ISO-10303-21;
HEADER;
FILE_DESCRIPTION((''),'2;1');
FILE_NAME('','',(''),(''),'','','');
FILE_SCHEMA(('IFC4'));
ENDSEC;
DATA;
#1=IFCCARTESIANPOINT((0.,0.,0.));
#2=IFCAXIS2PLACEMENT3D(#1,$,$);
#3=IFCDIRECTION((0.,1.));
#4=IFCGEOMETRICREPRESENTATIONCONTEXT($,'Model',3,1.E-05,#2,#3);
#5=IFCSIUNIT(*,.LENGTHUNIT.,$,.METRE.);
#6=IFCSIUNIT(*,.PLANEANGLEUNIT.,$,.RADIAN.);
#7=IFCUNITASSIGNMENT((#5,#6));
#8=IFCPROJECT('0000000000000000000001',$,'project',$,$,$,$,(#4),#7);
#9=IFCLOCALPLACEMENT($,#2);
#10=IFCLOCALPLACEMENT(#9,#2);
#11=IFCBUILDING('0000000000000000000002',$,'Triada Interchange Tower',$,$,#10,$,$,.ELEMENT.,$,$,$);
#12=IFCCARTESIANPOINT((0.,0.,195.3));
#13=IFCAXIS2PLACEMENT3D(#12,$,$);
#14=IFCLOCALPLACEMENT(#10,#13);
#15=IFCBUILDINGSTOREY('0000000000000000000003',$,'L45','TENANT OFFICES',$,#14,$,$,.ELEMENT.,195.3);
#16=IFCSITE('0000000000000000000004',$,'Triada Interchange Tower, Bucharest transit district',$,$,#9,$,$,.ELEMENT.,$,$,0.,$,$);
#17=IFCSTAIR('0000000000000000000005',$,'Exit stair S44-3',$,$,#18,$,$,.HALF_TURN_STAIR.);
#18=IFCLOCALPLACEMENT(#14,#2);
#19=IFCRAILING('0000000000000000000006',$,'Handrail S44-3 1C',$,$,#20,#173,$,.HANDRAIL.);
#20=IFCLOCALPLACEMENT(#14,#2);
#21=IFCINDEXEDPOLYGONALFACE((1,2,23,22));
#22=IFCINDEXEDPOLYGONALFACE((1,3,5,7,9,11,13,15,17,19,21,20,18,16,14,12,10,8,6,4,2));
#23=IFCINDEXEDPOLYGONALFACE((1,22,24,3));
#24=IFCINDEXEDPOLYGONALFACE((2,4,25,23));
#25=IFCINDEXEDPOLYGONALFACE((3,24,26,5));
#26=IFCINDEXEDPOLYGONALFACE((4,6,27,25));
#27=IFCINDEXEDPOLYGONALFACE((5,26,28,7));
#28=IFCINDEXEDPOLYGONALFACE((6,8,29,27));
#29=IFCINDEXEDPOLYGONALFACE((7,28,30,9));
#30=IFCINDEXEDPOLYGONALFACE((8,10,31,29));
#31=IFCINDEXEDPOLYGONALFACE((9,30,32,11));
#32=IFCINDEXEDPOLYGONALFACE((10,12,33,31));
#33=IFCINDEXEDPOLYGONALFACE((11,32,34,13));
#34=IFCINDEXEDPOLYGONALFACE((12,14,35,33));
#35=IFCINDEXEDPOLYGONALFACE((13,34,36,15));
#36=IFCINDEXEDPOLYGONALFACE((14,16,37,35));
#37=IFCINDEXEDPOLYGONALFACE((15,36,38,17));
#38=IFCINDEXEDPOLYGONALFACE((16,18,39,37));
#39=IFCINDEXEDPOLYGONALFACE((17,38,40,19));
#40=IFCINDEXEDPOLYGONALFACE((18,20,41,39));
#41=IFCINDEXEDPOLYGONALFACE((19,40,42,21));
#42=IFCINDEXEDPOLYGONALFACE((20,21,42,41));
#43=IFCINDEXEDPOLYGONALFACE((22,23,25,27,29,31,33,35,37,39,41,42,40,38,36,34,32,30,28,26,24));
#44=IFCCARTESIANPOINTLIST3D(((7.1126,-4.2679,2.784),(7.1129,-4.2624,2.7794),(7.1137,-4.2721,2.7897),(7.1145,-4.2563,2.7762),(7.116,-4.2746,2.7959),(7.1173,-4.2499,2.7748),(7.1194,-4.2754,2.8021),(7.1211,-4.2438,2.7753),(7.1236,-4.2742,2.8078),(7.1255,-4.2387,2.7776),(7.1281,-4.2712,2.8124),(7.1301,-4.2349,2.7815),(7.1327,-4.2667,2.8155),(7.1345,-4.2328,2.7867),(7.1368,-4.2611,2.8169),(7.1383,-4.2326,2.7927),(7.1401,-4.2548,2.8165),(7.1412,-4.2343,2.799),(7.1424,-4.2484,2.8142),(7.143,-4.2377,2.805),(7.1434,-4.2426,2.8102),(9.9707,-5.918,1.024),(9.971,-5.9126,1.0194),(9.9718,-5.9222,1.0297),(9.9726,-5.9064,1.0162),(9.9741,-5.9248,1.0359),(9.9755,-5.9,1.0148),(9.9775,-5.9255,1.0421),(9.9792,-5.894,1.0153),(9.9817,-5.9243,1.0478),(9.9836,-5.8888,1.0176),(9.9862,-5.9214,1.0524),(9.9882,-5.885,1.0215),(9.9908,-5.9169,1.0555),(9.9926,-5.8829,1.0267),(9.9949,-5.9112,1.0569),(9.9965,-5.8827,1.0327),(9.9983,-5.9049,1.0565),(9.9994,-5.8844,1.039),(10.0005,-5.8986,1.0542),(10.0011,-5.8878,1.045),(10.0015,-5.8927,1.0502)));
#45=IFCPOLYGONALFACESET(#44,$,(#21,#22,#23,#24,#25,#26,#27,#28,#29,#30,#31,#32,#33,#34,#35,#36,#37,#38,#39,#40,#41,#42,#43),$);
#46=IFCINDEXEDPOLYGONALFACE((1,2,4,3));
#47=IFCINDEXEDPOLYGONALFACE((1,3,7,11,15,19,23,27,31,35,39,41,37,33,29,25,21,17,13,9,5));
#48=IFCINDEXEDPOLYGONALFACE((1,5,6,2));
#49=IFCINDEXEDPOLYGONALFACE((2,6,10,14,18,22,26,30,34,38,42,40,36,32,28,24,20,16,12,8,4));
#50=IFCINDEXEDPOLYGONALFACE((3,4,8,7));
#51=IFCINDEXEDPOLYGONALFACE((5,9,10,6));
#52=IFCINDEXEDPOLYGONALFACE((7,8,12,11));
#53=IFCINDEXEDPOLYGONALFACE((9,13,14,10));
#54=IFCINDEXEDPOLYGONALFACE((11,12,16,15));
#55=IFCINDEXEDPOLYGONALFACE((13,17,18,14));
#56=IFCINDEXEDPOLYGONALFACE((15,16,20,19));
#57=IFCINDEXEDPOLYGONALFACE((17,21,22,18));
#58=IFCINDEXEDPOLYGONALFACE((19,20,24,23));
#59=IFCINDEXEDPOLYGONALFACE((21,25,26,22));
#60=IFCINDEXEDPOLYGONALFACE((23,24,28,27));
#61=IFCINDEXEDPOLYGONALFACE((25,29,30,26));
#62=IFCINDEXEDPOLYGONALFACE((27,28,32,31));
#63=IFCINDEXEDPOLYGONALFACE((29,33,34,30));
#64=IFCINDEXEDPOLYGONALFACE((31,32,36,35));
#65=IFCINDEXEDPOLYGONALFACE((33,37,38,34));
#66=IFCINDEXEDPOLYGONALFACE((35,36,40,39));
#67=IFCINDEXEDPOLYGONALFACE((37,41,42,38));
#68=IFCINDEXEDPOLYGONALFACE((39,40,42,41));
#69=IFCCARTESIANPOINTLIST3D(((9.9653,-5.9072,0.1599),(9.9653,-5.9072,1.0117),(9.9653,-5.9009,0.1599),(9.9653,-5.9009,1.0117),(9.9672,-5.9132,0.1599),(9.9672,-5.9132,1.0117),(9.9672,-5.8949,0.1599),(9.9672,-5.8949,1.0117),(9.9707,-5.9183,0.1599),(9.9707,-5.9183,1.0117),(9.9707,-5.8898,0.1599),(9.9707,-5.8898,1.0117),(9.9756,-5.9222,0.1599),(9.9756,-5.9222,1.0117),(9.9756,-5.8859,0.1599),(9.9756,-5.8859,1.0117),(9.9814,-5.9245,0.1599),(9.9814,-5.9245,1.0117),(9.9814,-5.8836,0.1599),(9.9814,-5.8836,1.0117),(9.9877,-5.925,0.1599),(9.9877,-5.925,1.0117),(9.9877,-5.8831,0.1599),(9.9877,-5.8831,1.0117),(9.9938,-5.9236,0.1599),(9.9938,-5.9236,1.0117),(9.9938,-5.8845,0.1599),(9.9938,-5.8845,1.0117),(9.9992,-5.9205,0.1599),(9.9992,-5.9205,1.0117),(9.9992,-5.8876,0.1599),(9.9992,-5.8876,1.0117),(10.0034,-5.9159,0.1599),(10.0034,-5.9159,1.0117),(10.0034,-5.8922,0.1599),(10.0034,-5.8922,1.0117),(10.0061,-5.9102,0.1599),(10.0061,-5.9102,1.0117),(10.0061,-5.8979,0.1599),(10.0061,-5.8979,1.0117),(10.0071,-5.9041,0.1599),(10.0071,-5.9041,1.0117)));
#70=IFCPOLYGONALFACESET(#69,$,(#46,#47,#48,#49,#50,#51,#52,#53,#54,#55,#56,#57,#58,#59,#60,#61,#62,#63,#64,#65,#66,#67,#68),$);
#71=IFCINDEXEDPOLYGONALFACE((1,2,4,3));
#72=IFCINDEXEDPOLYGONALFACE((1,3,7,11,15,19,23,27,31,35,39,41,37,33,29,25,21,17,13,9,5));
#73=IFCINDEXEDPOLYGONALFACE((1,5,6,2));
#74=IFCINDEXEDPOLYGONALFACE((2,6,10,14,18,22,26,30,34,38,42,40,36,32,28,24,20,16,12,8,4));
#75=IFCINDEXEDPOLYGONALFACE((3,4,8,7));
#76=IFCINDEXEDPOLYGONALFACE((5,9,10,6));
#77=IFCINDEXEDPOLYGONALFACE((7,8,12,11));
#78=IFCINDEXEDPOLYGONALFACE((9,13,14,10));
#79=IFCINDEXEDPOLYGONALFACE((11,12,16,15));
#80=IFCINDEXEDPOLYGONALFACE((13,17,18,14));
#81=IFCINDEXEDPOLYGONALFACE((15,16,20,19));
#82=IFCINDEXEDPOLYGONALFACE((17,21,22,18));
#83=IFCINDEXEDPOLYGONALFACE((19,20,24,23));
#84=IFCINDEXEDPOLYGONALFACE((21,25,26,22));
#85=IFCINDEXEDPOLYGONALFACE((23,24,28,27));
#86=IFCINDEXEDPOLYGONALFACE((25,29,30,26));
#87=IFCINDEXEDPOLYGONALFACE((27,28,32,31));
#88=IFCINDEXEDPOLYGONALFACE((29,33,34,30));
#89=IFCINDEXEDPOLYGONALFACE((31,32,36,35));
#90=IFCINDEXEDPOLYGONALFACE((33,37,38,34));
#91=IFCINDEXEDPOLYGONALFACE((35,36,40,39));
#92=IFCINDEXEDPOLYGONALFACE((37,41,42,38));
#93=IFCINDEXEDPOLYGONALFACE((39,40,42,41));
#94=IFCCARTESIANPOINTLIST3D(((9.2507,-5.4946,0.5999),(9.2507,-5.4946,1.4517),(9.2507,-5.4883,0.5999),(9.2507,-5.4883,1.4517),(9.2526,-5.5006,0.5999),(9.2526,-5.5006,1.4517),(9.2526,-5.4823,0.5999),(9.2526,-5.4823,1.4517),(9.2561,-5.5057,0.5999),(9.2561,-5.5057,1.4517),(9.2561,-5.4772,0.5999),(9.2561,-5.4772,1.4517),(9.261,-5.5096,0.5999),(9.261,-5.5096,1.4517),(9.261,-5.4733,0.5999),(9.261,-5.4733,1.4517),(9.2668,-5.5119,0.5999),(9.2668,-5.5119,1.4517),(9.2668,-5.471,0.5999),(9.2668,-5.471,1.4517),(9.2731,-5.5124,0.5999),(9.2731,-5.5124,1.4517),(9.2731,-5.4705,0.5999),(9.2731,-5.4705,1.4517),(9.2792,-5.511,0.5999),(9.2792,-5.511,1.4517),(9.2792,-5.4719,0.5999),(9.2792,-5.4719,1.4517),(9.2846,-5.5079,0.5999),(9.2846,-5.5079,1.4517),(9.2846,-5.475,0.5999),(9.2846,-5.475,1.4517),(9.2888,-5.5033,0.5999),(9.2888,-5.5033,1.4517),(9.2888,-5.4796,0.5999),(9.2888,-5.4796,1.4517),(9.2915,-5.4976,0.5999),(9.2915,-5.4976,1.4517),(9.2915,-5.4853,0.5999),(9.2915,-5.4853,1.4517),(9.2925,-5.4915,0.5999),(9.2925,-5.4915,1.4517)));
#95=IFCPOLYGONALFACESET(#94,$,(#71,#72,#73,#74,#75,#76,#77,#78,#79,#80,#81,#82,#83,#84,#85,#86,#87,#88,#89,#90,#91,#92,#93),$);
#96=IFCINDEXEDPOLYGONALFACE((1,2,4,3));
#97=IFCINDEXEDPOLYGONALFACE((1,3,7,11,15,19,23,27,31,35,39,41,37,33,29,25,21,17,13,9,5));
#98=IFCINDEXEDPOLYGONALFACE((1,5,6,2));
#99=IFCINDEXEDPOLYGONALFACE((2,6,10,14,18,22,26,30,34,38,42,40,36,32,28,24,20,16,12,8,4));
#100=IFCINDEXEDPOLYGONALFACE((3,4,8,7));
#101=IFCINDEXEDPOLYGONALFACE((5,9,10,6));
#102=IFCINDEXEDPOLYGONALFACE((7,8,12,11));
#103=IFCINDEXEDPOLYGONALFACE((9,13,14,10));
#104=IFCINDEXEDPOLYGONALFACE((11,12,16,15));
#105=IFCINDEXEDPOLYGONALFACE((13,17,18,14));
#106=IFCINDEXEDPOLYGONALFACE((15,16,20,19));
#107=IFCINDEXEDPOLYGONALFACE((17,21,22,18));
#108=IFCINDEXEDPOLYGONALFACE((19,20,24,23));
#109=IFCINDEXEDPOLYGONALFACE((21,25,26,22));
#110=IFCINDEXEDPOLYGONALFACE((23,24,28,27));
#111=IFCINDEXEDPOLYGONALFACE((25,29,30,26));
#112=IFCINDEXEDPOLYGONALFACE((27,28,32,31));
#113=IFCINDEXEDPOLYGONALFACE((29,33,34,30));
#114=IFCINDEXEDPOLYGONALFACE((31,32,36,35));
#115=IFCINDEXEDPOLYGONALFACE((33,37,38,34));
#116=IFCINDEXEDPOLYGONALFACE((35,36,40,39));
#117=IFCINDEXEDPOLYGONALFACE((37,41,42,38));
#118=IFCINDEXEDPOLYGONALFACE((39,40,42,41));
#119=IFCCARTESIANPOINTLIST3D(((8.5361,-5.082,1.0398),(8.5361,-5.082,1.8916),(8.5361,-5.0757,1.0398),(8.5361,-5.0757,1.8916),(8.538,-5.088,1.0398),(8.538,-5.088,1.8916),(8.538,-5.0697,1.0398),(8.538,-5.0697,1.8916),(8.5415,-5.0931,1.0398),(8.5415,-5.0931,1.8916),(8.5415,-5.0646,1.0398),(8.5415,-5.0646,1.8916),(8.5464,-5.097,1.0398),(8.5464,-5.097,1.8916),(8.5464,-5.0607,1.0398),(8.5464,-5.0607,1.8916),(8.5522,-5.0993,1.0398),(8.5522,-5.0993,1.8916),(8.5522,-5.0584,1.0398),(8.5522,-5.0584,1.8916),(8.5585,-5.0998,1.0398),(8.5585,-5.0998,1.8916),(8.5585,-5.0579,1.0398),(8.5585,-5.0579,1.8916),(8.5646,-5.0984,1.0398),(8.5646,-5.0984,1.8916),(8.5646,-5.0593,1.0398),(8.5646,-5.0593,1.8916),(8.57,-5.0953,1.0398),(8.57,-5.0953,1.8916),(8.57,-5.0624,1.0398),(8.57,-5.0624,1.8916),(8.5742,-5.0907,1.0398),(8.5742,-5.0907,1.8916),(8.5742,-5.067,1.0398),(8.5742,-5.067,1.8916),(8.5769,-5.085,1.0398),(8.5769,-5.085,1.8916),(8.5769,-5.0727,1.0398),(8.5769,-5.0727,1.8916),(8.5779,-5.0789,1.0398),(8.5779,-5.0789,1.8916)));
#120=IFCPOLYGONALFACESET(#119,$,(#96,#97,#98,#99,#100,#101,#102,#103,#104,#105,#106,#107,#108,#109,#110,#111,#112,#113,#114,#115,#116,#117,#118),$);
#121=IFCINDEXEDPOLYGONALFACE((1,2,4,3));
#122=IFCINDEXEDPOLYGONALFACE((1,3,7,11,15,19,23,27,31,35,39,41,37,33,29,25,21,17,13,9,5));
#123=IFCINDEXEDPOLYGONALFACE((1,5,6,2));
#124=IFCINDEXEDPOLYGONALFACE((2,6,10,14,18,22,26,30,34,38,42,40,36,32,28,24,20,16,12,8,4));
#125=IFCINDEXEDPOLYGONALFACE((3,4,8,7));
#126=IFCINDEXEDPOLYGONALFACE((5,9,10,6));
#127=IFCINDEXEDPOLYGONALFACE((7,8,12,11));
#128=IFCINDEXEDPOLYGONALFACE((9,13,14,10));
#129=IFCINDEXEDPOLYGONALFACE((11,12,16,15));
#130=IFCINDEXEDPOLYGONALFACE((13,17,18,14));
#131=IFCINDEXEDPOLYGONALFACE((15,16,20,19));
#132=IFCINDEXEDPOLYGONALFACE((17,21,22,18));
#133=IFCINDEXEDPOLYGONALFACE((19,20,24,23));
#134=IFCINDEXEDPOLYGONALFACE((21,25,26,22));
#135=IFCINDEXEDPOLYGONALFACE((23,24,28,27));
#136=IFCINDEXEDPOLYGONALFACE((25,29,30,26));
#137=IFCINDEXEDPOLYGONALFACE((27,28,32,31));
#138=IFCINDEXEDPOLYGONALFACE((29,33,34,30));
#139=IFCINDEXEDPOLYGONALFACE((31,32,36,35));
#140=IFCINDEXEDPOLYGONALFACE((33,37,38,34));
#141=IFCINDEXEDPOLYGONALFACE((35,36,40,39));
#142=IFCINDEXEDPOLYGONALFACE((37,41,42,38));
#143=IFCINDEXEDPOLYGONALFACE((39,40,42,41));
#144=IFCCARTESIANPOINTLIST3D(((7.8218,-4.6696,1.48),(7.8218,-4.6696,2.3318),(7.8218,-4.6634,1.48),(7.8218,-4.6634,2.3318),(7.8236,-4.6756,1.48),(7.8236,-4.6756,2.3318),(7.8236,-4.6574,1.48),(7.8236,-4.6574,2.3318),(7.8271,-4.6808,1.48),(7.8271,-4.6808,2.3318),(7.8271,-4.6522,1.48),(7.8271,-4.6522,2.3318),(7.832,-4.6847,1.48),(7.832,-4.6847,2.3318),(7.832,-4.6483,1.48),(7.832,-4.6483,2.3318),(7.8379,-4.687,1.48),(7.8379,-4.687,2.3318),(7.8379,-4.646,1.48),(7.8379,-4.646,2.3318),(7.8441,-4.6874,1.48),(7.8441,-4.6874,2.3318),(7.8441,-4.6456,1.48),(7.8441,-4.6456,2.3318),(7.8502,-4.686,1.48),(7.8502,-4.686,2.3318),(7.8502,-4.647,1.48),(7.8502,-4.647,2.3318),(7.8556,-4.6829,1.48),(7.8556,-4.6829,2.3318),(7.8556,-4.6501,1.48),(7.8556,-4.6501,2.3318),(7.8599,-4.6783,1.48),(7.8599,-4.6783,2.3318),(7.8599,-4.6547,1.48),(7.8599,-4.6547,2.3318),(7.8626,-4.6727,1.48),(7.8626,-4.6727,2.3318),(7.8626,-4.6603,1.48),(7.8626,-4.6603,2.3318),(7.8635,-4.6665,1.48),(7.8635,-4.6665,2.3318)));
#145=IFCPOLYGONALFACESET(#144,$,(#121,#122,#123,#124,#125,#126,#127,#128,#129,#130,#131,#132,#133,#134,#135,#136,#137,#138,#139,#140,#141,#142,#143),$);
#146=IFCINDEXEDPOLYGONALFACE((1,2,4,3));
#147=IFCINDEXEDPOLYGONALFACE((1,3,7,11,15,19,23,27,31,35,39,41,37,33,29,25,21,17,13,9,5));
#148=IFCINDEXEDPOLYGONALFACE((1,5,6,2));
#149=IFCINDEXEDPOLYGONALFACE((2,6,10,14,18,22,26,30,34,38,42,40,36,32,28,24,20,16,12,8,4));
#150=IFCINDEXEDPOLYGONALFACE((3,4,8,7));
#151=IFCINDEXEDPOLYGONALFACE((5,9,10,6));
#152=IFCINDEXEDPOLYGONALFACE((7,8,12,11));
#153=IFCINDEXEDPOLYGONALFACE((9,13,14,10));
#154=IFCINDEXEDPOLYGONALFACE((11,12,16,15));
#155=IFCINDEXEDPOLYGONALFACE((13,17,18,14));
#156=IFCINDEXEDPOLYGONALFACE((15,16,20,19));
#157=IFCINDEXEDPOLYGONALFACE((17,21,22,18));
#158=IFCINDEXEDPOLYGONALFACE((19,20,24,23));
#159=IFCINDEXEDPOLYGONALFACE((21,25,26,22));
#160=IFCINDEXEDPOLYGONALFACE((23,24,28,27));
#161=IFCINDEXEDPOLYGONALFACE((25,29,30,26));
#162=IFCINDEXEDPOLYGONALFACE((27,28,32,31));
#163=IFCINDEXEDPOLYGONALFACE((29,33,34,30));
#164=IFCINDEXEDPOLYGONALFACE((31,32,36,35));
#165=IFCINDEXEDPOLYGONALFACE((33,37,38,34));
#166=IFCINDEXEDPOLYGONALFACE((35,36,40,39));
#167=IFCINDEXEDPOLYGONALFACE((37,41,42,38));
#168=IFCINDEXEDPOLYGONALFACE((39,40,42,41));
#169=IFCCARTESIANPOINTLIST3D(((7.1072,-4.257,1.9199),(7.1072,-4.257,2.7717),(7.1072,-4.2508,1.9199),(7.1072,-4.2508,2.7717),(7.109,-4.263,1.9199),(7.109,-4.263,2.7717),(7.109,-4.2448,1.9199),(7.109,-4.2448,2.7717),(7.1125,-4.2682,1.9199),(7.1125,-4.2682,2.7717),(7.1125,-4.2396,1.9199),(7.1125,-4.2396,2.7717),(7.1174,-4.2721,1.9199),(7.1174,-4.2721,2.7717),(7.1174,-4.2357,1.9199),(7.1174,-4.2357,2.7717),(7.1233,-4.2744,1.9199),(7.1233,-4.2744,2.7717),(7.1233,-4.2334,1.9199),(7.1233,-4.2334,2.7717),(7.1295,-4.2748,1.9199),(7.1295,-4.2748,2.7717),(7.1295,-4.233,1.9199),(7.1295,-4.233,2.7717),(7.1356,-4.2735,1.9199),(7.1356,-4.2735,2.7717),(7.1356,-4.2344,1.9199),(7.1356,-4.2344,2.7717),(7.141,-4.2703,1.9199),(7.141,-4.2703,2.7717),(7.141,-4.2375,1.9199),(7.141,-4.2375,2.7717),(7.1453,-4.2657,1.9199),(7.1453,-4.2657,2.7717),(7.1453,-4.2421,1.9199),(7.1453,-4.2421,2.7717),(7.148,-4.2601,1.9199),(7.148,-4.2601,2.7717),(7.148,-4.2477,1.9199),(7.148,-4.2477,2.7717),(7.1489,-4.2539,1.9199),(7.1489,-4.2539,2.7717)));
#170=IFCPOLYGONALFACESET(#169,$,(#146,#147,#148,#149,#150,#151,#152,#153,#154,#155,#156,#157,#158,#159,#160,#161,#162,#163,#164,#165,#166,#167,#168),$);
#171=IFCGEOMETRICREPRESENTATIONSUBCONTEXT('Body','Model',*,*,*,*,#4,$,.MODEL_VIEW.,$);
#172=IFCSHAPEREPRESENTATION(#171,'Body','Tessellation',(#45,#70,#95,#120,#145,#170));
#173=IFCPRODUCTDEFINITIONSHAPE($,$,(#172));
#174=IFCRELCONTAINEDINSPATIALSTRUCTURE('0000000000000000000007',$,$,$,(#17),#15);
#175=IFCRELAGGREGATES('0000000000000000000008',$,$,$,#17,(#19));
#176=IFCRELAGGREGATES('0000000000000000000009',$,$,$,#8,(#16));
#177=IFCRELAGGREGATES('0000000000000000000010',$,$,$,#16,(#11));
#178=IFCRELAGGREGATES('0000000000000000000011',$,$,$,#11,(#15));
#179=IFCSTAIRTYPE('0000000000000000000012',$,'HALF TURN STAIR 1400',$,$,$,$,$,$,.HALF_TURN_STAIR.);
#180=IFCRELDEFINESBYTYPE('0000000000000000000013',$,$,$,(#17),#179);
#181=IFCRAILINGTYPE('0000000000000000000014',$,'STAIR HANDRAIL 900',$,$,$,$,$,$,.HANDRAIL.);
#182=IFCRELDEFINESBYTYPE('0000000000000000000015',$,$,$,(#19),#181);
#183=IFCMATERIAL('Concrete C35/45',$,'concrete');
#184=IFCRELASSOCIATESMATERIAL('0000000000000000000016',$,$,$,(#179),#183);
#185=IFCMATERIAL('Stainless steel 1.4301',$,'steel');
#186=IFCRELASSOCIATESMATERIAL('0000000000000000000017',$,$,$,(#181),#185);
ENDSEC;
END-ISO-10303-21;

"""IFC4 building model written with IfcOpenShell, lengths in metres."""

from ifc_helpers import new_model, si_unit, direction, frame, origin, origin_2d, place, context, subcontext, project, spatial, circle, extrude, material, type_object, element, aggregate, save


model = new_model("IFC4")

# Units and contexts
model_context = context("Model", 3, precision=1e-05, world=origin(), true_north=direction((0.0, 1.0)))
body_context = subcontext(model_context, "Body", "Model", "MODEL_VIEW")
ifc_project = project(units=[si_unit("LENGTHUNIT", "METRE"), si_unit("PLANEANGLEUNIT", "RADIAN")], contexts=[model_context])

# Site, building, storey
site_placement = place(None, origin())
site = spatial("IfcSite", under=ifc_project, at=site_placement, Name="Triada Interchange Tower, Bucharest transit district", CompositionType="ELEMENT", RefElevation=0.0)
building_placement = place(site_placement, origin())
building = spatial("IfcBuilding", under=site, at=building_placement, Name="Triada Interchange Tower", CompositionType="ELEMENT")
storey_placement = place(building_placement, frame((0.0, 0.0, 195.3)))
storey = spatial("IfcBuildingStorey", under=building, at=storey_placement, Name="L45", Description="TENANT OFFICES", CompositionType="ELEMENT", Elevation=195.3)

# Stair, railing
ifc_material_1 = material(Name="Concrete C35/45", Category="concrete")
stair_type = type_object("IfcStairType", Name="HALF TURN STAIR 1400", PredefinedType="HALF_TURN_STAIR", material=ifc_material_1)
stair_placement = place(storey_placement, origin())
stair = element("IfcStair", 1, at=stair_placement, inside=storey, type_object=stair_type, Name="Exit stair S44-3", PredefinedType="HALF_TURN_STAIR")
ifc_material_2 = material(Name="Stainless steel 1.4301", Category="steel")
railing_type = type_object("IfcRailingType", Name="STAIR HANDRAIL 900", PredefinedType="HANDRAIL", material=ifc_material_2)
railing_1_placement = place(storey_placement, frame((9.9861, -5.9041, 0.1599)))
railing_1 = element("IfcRailing", 2, at=railing_1_placement, type_object=railing_type, Name="Handrail S44-3 1C", PredefinedType="HANDRAIL", context=body_context, shape_type="SweptSolid", body=[
    extrude(circle(Radius=0.0239, at=origin_2d()), frame((0.0, 0.0, 0.876), z_axis=(-0.764156, 0.441183, 0.470556), x_axis=(-0.499998, -0.866027, 0.0)), (0.0, 0.0, 1.0), 3.7402),
    extrude(circle(Radius=0.021, at=origin_2d()), origin(), (0.0, 0.0, 1.0), 0.8518),
    extrude(circle(Radius=0.021, at=origin_2d()), frame((-0.7146, 0.4126, 0.4399)), (0.0, 0.0, 1.0), 0.8518),
    extrude(circle(Radius=0.021, at=origin_2d()), frame((-1.4292, 0.8252, 0.8799)), (0.0, 0.0, 1.0), 0.8518),
    extrude(circle(Radius=0.021, at=origin_2d()), frame((-2.1436, 1.2375, 1.3201)), (0.0, 0.0, 1.0), 0.8518),
    extrude(circle(Radius=0.021, at=origin_2d()), frame((-2.8582, 1.6501, 1.76)), (0.0, 0.0, 1.0), 0.8518),
])
aggregate(stair, [railing_1])

save(model, "model.ifc")
